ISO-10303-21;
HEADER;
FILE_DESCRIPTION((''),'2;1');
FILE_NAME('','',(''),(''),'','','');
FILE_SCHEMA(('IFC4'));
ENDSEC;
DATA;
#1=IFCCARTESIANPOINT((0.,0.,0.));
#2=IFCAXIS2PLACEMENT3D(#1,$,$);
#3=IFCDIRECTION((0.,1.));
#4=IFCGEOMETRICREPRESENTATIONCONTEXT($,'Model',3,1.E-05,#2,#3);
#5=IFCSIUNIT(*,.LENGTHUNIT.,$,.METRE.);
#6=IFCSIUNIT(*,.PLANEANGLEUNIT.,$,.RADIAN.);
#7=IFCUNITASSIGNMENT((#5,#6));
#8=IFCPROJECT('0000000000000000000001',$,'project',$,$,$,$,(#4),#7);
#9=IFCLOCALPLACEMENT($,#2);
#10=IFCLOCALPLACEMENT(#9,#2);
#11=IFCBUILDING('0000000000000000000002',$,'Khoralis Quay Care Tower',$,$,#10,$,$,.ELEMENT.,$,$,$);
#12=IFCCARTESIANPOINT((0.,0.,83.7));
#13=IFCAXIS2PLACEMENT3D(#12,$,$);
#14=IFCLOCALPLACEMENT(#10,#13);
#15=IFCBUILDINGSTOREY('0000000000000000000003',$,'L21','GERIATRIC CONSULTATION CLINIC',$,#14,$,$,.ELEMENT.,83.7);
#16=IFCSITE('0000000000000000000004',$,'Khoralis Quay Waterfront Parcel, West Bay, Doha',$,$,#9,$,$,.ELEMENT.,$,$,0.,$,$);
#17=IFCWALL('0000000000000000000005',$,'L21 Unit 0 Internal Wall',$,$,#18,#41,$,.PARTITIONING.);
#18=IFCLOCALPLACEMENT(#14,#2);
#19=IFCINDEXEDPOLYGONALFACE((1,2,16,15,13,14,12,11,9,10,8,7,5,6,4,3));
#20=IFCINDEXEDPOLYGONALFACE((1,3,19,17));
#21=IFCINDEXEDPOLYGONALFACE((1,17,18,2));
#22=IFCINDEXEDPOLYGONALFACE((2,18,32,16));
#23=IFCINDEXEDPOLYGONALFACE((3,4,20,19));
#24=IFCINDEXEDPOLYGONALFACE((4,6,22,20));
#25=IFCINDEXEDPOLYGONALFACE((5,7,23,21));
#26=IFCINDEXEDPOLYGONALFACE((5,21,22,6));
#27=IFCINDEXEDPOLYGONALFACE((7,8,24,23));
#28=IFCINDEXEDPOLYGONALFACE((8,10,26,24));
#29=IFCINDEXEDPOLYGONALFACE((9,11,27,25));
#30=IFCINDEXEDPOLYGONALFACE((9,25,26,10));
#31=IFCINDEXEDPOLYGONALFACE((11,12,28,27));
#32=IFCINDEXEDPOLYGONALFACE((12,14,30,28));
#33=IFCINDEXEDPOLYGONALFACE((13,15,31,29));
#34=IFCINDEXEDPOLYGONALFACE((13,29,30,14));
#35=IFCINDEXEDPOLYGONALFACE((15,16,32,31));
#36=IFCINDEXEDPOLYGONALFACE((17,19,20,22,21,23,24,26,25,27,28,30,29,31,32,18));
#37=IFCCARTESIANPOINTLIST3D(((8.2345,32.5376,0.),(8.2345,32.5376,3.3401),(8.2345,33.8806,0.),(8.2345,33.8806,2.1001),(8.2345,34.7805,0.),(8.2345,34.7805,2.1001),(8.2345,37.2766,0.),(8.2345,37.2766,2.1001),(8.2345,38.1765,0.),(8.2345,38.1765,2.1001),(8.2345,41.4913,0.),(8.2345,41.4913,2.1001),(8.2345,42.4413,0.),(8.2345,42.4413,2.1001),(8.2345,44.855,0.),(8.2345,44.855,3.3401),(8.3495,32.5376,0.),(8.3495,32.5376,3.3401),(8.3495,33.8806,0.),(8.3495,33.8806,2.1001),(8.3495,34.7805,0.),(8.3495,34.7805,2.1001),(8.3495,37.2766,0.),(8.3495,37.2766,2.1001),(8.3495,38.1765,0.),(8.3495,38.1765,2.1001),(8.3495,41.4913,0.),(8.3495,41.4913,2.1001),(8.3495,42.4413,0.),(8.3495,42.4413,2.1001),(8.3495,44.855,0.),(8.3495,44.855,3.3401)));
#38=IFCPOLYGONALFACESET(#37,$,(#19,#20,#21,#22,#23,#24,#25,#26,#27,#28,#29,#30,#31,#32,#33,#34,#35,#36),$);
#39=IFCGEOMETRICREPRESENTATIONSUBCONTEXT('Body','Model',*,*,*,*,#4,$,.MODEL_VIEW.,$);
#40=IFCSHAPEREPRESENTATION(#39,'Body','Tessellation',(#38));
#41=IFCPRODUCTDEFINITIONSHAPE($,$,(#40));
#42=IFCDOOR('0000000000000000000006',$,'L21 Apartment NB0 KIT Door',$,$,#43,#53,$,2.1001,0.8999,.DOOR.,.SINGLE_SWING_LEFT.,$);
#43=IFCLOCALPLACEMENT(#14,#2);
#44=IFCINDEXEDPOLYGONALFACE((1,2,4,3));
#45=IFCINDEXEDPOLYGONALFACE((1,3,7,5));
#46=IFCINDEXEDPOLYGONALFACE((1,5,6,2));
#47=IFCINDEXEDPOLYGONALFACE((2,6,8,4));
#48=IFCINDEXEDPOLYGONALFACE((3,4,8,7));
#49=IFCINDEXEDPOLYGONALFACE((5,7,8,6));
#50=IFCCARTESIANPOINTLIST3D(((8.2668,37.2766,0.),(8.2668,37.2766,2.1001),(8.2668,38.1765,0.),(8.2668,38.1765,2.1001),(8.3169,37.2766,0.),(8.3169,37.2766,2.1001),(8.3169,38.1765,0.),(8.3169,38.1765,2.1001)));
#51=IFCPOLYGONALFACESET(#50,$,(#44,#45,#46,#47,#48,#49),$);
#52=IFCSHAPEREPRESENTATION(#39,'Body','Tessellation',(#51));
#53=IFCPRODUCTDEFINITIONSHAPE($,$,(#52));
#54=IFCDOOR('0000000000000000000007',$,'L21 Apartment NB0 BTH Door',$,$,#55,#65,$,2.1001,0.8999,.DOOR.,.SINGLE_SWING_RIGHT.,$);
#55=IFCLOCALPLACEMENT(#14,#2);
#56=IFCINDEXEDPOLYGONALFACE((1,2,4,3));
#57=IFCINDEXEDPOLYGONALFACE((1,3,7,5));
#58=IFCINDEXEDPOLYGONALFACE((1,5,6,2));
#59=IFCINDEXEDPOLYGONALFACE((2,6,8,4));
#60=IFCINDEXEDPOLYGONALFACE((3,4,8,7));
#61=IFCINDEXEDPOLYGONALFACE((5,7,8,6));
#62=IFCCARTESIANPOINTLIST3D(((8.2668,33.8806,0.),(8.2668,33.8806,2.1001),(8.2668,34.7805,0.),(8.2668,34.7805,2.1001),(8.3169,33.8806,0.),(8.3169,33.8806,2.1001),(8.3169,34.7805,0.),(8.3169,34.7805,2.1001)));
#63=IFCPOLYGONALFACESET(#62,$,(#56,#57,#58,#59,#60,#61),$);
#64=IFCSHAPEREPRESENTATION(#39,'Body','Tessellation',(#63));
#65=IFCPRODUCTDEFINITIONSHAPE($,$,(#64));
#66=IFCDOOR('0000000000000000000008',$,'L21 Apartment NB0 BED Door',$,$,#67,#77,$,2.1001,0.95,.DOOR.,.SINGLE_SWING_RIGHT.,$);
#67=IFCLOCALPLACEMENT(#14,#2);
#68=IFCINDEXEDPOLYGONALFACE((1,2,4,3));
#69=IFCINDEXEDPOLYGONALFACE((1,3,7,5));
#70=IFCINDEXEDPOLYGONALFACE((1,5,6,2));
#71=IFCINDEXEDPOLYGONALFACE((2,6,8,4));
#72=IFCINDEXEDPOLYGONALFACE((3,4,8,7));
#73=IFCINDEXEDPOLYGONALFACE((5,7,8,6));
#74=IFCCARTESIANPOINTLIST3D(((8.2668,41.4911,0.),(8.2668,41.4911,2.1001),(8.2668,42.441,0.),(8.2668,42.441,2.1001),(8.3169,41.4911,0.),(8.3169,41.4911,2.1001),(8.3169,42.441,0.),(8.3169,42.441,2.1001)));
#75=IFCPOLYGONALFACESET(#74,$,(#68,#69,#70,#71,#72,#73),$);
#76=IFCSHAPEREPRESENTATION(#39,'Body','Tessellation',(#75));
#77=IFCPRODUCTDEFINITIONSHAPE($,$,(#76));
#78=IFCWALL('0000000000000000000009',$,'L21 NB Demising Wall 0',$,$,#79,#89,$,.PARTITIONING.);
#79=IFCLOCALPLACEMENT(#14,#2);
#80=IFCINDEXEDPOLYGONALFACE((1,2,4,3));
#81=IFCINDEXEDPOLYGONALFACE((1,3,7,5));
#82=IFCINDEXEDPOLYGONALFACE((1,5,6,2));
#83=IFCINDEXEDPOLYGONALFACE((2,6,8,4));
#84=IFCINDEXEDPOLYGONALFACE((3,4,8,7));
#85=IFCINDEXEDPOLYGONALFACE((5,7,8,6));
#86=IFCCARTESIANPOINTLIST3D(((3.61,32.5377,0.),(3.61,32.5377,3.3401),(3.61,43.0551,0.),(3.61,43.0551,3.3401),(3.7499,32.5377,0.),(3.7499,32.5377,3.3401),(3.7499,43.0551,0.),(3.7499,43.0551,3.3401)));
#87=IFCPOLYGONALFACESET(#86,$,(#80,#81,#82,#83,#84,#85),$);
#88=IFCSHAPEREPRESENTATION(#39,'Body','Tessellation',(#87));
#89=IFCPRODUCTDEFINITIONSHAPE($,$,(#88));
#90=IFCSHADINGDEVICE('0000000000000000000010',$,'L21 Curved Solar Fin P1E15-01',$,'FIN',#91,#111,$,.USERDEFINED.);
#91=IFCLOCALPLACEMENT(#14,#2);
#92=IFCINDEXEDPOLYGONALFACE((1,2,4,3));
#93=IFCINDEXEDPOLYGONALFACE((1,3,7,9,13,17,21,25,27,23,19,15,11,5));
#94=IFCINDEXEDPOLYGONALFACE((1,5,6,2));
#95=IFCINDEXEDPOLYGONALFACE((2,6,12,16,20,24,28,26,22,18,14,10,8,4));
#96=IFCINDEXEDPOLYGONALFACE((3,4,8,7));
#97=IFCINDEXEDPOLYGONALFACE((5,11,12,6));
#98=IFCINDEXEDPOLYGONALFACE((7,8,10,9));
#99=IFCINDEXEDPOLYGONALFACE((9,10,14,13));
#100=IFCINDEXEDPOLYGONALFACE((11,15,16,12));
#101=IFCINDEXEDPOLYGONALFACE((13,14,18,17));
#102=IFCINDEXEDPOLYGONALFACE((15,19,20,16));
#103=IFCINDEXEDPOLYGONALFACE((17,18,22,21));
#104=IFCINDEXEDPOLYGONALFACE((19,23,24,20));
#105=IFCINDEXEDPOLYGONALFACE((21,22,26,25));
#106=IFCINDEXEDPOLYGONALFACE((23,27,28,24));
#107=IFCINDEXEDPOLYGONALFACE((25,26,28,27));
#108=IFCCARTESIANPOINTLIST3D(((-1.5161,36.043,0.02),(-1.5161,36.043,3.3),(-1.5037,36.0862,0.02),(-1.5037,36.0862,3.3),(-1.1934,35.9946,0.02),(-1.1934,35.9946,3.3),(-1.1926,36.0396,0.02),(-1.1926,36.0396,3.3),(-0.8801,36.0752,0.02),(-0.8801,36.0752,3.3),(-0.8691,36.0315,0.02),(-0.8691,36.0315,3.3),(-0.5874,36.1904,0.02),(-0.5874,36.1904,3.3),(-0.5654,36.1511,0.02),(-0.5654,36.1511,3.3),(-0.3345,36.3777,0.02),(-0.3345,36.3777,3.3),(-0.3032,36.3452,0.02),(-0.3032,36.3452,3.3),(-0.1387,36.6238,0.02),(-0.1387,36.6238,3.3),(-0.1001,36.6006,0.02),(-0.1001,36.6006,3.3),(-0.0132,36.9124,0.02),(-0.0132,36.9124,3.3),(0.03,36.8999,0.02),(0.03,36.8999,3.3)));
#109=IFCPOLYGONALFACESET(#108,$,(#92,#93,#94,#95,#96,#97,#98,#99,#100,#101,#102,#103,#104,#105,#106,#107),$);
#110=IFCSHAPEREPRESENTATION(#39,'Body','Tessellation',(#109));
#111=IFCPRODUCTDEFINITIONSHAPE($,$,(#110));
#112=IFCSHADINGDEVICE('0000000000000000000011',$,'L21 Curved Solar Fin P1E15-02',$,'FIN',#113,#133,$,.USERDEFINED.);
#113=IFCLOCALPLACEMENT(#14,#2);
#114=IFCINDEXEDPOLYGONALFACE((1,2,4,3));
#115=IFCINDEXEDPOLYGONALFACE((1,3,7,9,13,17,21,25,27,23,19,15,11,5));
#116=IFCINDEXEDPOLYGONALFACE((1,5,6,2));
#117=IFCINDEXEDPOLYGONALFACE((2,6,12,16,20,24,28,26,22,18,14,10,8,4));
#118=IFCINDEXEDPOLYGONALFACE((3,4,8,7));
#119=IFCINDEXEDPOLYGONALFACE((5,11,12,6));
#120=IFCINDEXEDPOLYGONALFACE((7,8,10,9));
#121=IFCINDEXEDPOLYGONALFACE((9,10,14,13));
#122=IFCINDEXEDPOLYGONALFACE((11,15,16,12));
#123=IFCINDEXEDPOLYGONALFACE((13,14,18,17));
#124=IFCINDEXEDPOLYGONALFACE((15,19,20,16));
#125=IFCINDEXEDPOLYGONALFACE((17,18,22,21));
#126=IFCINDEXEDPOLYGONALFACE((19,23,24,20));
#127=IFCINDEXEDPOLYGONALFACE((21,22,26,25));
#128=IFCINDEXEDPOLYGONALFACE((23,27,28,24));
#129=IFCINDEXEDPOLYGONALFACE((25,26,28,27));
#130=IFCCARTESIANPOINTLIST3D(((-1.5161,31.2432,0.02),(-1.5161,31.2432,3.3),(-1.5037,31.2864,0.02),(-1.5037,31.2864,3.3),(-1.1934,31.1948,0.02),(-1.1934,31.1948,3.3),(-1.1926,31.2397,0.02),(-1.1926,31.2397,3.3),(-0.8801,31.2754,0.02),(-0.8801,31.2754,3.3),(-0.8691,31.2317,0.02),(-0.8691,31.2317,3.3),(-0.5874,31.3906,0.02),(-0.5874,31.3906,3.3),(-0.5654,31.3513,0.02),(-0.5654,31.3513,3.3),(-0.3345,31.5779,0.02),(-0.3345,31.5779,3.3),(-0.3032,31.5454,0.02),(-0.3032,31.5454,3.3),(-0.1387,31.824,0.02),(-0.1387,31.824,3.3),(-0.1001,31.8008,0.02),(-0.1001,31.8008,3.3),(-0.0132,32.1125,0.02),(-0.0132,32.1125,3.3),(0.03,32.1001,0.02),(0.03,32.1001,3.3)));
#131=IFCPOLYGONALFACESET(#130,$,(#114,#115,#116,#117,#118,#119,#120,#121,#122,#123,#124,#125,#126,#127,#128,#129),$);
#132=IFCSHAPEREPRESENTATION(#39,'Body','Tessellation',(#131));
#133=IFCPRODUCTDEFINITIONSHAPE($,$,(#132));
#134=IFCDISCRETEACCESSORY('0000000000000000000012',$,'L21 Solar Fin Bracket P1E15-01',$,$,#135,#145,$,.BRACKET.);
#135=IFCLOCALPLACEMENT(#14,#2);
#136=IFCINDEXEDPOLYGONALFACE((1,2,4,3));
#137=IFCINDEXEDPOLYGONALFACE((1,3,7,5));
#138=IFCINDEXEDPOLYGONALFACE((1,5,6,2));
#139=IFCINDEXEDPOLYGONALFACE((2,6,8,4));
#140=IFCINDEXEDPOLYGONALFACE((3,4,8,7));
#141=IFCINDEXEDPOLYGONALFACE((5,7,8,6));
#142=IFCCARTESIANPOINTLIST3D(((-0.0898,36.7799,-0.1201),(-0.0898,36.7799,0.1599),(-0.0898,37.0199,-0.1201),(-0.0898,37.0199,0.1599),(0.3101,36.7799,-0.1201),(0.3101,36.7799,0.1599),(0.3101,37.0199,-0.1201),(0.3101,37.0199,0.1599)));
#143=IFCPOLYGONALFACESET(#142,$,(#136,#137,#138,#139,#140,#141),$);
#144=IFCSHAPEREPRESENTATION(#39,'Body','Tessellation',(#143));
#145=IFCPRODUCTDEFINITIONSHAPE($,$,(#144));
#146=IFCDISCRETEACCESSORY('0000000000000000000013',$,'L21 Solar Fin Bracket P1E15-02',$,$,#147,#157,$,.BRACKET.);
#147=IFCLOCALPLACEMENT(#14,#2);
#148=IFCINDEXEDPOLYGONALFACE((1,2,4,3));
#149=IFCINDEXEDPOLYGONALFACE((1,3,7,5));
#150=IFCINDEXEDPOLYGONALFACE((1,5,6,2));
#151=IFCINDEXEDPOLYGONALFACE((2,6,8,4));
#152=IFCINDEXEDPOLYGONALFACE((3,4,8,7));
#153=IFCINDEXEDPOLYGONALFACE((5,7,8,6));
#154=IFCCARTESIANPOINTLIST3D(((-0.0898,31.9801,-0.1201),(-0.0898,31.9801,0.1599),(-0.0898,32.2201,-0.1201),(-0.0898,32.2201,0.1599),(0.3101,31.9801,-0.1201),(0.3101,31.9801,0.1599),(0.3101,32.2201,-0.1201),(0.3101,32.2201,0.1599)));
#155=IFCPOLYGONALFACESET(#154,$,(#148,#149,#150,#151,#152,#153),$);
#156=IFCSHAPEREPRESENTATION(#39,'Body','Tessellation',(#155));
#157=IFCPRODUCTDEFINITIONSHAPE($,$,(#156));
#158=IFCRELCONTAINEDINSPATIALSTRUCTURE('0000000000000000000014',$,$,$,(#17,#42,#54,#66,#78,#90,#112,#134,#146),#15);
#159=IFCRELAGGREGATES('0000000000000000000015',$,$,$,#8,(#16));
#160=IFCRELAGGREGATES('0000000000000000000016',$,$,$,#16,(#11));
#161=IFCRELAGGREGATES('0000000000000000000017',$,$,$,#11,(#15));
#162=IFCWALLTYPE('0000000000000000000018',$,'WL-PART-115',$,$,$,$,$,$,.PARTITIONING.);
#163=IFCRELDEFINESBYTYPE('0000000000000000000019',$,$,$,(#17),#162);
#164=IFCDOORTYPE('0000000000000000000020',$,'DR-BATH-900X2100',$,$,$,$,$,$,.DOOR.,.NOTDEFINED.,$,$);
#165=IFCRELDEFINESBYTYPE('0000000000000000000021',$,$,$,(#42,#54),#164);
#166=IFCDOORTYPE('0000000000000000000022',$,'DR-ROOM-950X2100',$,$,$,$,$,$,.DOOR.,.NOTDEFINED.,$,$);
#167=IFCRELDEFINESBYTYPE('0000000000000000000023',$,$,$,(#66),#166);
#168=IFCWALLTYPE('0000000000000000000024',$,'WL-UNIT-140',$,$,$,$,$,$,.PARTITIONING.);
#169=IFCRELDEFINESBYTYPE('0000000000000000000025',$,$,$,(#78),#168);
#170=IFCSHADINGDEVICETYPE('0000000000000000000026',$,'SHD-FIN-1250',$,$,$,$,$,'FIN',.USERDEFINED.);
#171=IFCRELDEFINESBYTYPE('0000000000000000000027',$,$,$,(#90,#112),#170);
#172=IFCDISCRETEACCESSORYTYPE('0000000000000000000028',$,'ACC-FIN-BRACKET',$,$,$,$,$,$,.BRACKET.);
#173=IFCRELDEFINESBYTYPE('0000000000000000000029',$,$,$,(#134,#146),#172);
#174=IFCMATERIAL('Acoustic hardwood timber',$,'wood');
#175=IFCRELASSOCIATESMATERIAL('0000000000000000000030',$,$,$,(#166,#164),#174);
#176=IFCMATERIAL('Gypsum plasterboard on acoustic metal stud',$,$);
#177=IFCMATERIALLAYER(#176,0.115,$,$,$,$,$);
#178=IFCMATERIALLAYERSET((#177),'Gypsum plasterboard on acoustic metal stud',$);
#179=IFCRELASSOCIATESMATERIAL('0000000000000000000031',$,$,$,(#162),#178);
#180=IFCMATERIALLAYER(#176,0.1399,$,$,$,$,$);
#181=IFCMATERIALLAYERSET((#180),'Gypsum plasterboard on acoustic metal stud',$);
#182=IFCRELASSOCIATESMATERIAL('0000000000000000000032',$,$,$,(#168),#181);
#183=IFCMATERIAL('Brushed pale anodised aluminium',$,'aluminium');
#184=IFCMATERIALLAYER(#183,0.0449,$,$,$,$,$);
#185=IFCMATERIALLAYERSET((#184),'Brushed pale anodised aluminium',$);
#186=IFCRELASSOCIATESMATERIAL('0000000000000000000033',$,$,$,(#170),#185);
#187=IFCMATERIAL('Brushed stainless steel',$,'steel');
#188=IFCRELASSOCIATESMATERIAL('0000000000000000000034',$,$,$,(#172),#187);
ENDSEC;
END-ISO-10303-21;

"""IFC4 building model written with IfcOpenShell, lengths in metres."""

from ifc_helpers import new_model, si_unit, direction, frame, frame_2d, origin, origin_2d, place, context, subcontext, project, spatial, polyline, rectangle, outline, extrude, source, transform, mapped, material, layer, layer_set, type_object, element, fill, save


model = new_model("IFC4")

# Units and contexts
model_context = context("Model", 3, precision=1e-05, world=origin(), true_north=direction((0.0, 1.0)))
body_context = subcontext(model_context, "Body", "Model", "MODEL_VIEW")
ifc_project = project(units=[si_unit("LENGTHUNIT", "METRE"), si_unit("PLANEANGLEUNIT", "RADIAN")], contexts=[model_context])

# Site, building, storey
site_placement = place(None, origin())
site = spatial("IfcSite", under=ifc_project, at=site_placement, Name="Khoralis Quay Waterfront Parcel, West Bay, Doha", CompositionType="ELEMENT", RefElevation=0.0)
building_placement = place(site_placement, origin())
building = spatial("IfcBuilding", under=site, at=building_placement, Name="Khoralis Quay Care Tower", CompositionType="ELEMENT")
storey_placement = place(building_placement, frame((0.0, 0.0, 83.7)))
storey = spatial("IfcBuildingStorey", under=building, at=storey_placement, Name="L21", Description="GERIATRIC CONSULTATION CLINIC", CompositionType="ELEMENT", Elevation=83.7)

# Shared definitions
ifc_material_1 = material(Name="Gypsum plasterboard on acoustic metal stud")

# Wall, openings, doors
ifc_material_2 = material(Name="Acoustic hardwood timber", Category="wood")
door_type_1 = type_object("IfcDoorType", Name="DR-ROOM-950X2100", OperationType="NOTDEFINED", PredefinedType="DOOR", material=ifc_material_2)
shared_shape_1 = source(origin(), body_context, "Body", "SweptSolid", [
    extrude(rectangle(XDim=0.95, YDim=2.1001, at=frame_2d((0.4751, 1.05))), frame((0.0, 0.0249, 0.0), z_axis=(0.0, -1.0, 0.0), x_axis=(1.0, 0.0, 0.0)), (0.0, 0.0, 1.0), 0.05),
])
ifc_layer_1 = layer(ifc_material_1, 0.115)
ifc_layer_set_1 = layer_set([ifc_layer_1], Name="Gypsum plasterboard on acoustic metal stud")
wall_type_1 = type_object("IfcWallType", Name="WL-PART-115", PredefinedType="PARTITIONING", material=ifc_layer_set_1)
wall_1_placement = place(storey_placement, frame((8.292, 32.5376, 0.0), z_axis=(0.0, 0.0, 1.0), x_axis=(0.0, 1.0, 0.0)))
wall_1 = element("IfcWall", 1, at=wall_1_placement, inside=storey, type_object=wall_type_1, Name="L21 Unit 0 Internal Wall", PredefinedType="PARTITIONING", context=body_context, shape_type="SweptSolid", body=[
    extrude(rectangle(XDim=12.3174, YDim=0.115, at=frame_2d((6.1587, 0.0))), origin(), (0.0, 0.0, 1.0), 3.3401),
])
opening_1_placement = place(wall_1_placement, frame((8.9536, 0.0, 0.0)))
opening_1 = element("IfcOpeningElement", 2, at=opening_1_placement, cuts=wall_1, PredefinedType="OPENING", context=body_context, shape_type="SweptSolid", body=[
    extrude(rectangle(XDim=0.95, YDim=2.1001, at=frame_2d((0.4751, 1.05))), frame((0.0, 0.0674, 0.0), z_axis=(0.0, -1.0, 0.0), x_axis=(1.0, 0.0, 0.0)), (0.0, 0.0, 1.0), 0.135),
])
opening_2_placement = place(wall_1_placement, frame((4.739, 0.0, 0.0)))
opening_2 = element("IfcOpeningElement", 3, at=opening_2_placement, cuts=wall_1, PredefinedType="OPENING", context=body_context, shape_type="SweptSolid", body=[
    extrude(rectangle(XDim=0.8999, YDim=2.1001, at=frame_2d((0.45, 1.05))), frame((0.0, 0.0674, 0.0), z_axis=(0.0, -1.0, 0.0), x_axis=(1.0, 0.0, 0.0)), (0.0, 0.0, 1.0), 0.135),
])
opening_3_placement = place(wall_1_placement, frame((1.343, 0.0, 0.0)))
opening_3 = element("IfcOpeningElement", 4, at=opening_3_placement, cuts=wall_1, PredefinedType="OPENING", context=body_context, shape_type="SweptSolid", body=[
    extrude(rectangle(XDim=0.8999, YDim=2.1001, at=frame_2d((0.45, 1.05))), frame((0.0, 0.0674, 0.0), z_axis=(0.0, -1.0, 0.0), x_axis=(1.0, 0.0, 0.0)), (0.0, 0.0, 1.0), 0.135),
])
door_type_2 = type_object("IfcDoorType", Name="DR-BATH-900X2100", OperationType="NOTDEFINED", PredefinedType="DOOR", material=ifc_material_2)
shared_shape_2 = source(origin(), body_context, "Body", "SweptSolid", [
    extrude(rectangle(XDim=0.8999, YDim=2.1001, at=frame_2d((0.45, 1.05))), frame((0.0, 0.0249, 0.0), z_axis=(0.0, -1.0, 0.0), x_axis=(1.0, 0.0, 0.0)), (0.0, 0.0, 1.0), 0.05),
])
door_1_placement = place(opening_2_placement, frame((0.8999, 0.0, 0.0), z_axis=(0.0, 0.0, 1.0), x_axis=(-1.0, 0.0, 0.0)))
door_1 = element("IfcDoor", 5, at=door_1_placement, inside=storey, type_object=door_type_2, Name="L21 Apartment NB0 KIT Door", OperationType="SINGLE_SWING_LEFT", OverallHeight=2.1001, OverallWidth=0.8999, PredefinedType="DOOR", context=body_context, shape_type="MappedRepresentation", body=[
    mapped(shared_shape_2, transform((0.0, 0.0, 0.0), scale=1.0)),
])
fill(opening_2, door_1)
door_2_placement = place(opening_3_placement, frame((0.8999, 0.0, 0.0), z_axis=(0.0, 0.0, 1.0), x_axis=(-1.0, 0.0, 0.0)))
door_2 = element("IfcDoor", 6, at=door_2_placement, inside=storey, type_object=door_type_2, Name="L21 Apartment NB0 BTH Door", OperationType="SINGLE_SWING_RIGHT", OverallHeight=2.1001, OverallWidth=0.8999, PredefinedType="DOOR", context=body_context, shape_type="MappedRepresentation", body=[
    mapped(shared_shape_2, transform((0.0, 0.0, 0.0), scale=1.0)),
])
fill(opening_3, door_2)
door_3_placement = place(opening_1_placement, frame((0.95, 0.0, 0.0), z_axis=(0.0, 0.0, 1.0), x_axis=(-1.0, 0.0, 0.0)))
door_3 = element("IfcDoor", 7, at=door_3_placement, inside=storey, type_object=door_type_1, Name="L21 Apartment NB0 BED Door", OperationType="SINGLE_SWING_RIGHT", OverallHeight=2.1001, OverallWidth=0.95, PredefinedType="DOOR", context=body_context, shape_type="MappedRepresentation", body=[
    mapped(shared_shape_1, transform((0.0, 0.0, 0.0), scale=1.0)),
])
fill(opening_1, door_3)

# Wall
ifc_layer_2 = layer(ifc_material_1, 0.1399)
ifc_layer_set_2 = layer_set([ifc_layer_2], Name="Gypsum plasterboard on acoustic metal stud")
wall_type_2 = type_object("IfcWallType", Name="WL-UNIT-140", PredefinedType="PARTITIONING", material=ifc_layer_set_2)
wall_2_placement = place(storey_placement, frame((3.6799, 32.5376, 0.0), z_axis=(0.0, 0.0, 1.0), x_axis=(0.0, 1.0, 0.0)))
element("IfcWall", 8, at=wall_2_placement, inside=storey, type_object=wall_type_2, Name="L21 NB Demising Wall 0", PredefinedType="PARTITIONING", context=body_context, shape_type="SweptSolid", body=[
    extrude(rectangle(XDim=10.5173, YDim=0.1399, at=frame_2d((5.2588, 0.0))), origin(), (0.0, 0.0, 1.0), 3.3401),
])

# Shading devices
ifc_material_3 = material(Name="Brushed pale anodised aluminium", Category="aluminium")
ifc_layer_3 = layer(ifc_material_3, 0.0449)
ifc_layer_set_3 = layer_set([ifc_layer_3], Name="Brushed pale anodised aluminium")
shading_device_type = type_object("IfcShadingDeviceType", Name="SHD-FIN-1250", ElementType="FIN", PredefinedType="USERDEFINED", material=ifc_layer_set_3)
shared_shape_3 = source(origin(), body_context, "Body", "SweptSolid", [
    extrude(outline(polyline([(0.0, 0.0), (0.1301, 0.2993), (0.3333, 0.5547), (0.5955, 0.7488), (0.8992, 0.8684), (1.2234, 0.9053), (1.5461, 0.8569), (1.5337, 0.8137), (1.2227, 0.8604), (0.9102, 0.8247), (0.6174, 0.7095), (0.3645, 0.5222), (0.1687, 0.2761), (0.0432, -0.0125), (0.0, 0.0)])), origin(), (0.0, 0.0, 1.0), 3.28),
])
for number, where, z_axis, x_axis, name in (
    (9, (0.03, 36.8999, 0.02), (0.0, 0.0, 1.0), (-1.0, 0.0, 0.0), "L21 Curved Solar Fin P1E15-01"),
    (10, (0.03, 32.1001, 0.02), (0.0, 0.0, 1.0), (-1.0, 0.0, 0.0), "L21 Curved Solar Fin P1E15-02"),
):
    element("IfcShadingDevice", number, at=place(storey_placement, frame(where, z_axis=z_axis, x_axis=x_axis)), inside=storey, type_object=shading_device_type, Name=name, ObjectType="FIN", PredefinedType="USERDEFINED", context=body_context, shape_type="MappedRepresentation", body=[
        mapped(shared_shape_3, transform((0.0, 0.0, 0.0), scale=1.0)),
    ])

# Discrete accessories
ifc_material_4 = material(Name="Brushed stainless steel", Category="steel")
discrete_accessory_type = type_object("IfcDiscreteAccessoryType", Name="ACC-FIN-BRACKET", PredefinedType="BRACKET", material=ifc_material_4)
shared_shape_4 = source(origin(), body_context, "Body", "SweptSolid", [
    extrude(rectangle(XDim=0.3999, YDim=0.24, at=origin_2d()), origin(), (0.0, 0.0, 1.0), 0.28),
])
for number, where, z_axis, x_axis, name in (
    (11, (0.1101, 36.8999, -0.1201), (0.0, 0.0, 1.0), (-1.0, 0.0, 0.0), "L21 Solar Fin Bracket P1E15-01"),
    (12, (0.1101, 32.1001, -0.1201), (0.0, 0.0, 1.0), (-1.0, 0.0, 0.0), "L21 Solar Fin Bracket P1E15-02"),
):
    element("IfcDiscreteAccessory", number, at=place(storey_placement, frame(where, z_axis=z_axis, x_axis=x_axis)), inside=storey, type_object=discrete_accessory_type, Name=name, PredefinedType="BRACKET", context=body_context, shape_type="MappedRepresentation", body=[
        mapped(shared_shape_4, transform((0.0, 0.0, 0.0), scale=1.0)),
    ])

save(model, "model.ifc")
